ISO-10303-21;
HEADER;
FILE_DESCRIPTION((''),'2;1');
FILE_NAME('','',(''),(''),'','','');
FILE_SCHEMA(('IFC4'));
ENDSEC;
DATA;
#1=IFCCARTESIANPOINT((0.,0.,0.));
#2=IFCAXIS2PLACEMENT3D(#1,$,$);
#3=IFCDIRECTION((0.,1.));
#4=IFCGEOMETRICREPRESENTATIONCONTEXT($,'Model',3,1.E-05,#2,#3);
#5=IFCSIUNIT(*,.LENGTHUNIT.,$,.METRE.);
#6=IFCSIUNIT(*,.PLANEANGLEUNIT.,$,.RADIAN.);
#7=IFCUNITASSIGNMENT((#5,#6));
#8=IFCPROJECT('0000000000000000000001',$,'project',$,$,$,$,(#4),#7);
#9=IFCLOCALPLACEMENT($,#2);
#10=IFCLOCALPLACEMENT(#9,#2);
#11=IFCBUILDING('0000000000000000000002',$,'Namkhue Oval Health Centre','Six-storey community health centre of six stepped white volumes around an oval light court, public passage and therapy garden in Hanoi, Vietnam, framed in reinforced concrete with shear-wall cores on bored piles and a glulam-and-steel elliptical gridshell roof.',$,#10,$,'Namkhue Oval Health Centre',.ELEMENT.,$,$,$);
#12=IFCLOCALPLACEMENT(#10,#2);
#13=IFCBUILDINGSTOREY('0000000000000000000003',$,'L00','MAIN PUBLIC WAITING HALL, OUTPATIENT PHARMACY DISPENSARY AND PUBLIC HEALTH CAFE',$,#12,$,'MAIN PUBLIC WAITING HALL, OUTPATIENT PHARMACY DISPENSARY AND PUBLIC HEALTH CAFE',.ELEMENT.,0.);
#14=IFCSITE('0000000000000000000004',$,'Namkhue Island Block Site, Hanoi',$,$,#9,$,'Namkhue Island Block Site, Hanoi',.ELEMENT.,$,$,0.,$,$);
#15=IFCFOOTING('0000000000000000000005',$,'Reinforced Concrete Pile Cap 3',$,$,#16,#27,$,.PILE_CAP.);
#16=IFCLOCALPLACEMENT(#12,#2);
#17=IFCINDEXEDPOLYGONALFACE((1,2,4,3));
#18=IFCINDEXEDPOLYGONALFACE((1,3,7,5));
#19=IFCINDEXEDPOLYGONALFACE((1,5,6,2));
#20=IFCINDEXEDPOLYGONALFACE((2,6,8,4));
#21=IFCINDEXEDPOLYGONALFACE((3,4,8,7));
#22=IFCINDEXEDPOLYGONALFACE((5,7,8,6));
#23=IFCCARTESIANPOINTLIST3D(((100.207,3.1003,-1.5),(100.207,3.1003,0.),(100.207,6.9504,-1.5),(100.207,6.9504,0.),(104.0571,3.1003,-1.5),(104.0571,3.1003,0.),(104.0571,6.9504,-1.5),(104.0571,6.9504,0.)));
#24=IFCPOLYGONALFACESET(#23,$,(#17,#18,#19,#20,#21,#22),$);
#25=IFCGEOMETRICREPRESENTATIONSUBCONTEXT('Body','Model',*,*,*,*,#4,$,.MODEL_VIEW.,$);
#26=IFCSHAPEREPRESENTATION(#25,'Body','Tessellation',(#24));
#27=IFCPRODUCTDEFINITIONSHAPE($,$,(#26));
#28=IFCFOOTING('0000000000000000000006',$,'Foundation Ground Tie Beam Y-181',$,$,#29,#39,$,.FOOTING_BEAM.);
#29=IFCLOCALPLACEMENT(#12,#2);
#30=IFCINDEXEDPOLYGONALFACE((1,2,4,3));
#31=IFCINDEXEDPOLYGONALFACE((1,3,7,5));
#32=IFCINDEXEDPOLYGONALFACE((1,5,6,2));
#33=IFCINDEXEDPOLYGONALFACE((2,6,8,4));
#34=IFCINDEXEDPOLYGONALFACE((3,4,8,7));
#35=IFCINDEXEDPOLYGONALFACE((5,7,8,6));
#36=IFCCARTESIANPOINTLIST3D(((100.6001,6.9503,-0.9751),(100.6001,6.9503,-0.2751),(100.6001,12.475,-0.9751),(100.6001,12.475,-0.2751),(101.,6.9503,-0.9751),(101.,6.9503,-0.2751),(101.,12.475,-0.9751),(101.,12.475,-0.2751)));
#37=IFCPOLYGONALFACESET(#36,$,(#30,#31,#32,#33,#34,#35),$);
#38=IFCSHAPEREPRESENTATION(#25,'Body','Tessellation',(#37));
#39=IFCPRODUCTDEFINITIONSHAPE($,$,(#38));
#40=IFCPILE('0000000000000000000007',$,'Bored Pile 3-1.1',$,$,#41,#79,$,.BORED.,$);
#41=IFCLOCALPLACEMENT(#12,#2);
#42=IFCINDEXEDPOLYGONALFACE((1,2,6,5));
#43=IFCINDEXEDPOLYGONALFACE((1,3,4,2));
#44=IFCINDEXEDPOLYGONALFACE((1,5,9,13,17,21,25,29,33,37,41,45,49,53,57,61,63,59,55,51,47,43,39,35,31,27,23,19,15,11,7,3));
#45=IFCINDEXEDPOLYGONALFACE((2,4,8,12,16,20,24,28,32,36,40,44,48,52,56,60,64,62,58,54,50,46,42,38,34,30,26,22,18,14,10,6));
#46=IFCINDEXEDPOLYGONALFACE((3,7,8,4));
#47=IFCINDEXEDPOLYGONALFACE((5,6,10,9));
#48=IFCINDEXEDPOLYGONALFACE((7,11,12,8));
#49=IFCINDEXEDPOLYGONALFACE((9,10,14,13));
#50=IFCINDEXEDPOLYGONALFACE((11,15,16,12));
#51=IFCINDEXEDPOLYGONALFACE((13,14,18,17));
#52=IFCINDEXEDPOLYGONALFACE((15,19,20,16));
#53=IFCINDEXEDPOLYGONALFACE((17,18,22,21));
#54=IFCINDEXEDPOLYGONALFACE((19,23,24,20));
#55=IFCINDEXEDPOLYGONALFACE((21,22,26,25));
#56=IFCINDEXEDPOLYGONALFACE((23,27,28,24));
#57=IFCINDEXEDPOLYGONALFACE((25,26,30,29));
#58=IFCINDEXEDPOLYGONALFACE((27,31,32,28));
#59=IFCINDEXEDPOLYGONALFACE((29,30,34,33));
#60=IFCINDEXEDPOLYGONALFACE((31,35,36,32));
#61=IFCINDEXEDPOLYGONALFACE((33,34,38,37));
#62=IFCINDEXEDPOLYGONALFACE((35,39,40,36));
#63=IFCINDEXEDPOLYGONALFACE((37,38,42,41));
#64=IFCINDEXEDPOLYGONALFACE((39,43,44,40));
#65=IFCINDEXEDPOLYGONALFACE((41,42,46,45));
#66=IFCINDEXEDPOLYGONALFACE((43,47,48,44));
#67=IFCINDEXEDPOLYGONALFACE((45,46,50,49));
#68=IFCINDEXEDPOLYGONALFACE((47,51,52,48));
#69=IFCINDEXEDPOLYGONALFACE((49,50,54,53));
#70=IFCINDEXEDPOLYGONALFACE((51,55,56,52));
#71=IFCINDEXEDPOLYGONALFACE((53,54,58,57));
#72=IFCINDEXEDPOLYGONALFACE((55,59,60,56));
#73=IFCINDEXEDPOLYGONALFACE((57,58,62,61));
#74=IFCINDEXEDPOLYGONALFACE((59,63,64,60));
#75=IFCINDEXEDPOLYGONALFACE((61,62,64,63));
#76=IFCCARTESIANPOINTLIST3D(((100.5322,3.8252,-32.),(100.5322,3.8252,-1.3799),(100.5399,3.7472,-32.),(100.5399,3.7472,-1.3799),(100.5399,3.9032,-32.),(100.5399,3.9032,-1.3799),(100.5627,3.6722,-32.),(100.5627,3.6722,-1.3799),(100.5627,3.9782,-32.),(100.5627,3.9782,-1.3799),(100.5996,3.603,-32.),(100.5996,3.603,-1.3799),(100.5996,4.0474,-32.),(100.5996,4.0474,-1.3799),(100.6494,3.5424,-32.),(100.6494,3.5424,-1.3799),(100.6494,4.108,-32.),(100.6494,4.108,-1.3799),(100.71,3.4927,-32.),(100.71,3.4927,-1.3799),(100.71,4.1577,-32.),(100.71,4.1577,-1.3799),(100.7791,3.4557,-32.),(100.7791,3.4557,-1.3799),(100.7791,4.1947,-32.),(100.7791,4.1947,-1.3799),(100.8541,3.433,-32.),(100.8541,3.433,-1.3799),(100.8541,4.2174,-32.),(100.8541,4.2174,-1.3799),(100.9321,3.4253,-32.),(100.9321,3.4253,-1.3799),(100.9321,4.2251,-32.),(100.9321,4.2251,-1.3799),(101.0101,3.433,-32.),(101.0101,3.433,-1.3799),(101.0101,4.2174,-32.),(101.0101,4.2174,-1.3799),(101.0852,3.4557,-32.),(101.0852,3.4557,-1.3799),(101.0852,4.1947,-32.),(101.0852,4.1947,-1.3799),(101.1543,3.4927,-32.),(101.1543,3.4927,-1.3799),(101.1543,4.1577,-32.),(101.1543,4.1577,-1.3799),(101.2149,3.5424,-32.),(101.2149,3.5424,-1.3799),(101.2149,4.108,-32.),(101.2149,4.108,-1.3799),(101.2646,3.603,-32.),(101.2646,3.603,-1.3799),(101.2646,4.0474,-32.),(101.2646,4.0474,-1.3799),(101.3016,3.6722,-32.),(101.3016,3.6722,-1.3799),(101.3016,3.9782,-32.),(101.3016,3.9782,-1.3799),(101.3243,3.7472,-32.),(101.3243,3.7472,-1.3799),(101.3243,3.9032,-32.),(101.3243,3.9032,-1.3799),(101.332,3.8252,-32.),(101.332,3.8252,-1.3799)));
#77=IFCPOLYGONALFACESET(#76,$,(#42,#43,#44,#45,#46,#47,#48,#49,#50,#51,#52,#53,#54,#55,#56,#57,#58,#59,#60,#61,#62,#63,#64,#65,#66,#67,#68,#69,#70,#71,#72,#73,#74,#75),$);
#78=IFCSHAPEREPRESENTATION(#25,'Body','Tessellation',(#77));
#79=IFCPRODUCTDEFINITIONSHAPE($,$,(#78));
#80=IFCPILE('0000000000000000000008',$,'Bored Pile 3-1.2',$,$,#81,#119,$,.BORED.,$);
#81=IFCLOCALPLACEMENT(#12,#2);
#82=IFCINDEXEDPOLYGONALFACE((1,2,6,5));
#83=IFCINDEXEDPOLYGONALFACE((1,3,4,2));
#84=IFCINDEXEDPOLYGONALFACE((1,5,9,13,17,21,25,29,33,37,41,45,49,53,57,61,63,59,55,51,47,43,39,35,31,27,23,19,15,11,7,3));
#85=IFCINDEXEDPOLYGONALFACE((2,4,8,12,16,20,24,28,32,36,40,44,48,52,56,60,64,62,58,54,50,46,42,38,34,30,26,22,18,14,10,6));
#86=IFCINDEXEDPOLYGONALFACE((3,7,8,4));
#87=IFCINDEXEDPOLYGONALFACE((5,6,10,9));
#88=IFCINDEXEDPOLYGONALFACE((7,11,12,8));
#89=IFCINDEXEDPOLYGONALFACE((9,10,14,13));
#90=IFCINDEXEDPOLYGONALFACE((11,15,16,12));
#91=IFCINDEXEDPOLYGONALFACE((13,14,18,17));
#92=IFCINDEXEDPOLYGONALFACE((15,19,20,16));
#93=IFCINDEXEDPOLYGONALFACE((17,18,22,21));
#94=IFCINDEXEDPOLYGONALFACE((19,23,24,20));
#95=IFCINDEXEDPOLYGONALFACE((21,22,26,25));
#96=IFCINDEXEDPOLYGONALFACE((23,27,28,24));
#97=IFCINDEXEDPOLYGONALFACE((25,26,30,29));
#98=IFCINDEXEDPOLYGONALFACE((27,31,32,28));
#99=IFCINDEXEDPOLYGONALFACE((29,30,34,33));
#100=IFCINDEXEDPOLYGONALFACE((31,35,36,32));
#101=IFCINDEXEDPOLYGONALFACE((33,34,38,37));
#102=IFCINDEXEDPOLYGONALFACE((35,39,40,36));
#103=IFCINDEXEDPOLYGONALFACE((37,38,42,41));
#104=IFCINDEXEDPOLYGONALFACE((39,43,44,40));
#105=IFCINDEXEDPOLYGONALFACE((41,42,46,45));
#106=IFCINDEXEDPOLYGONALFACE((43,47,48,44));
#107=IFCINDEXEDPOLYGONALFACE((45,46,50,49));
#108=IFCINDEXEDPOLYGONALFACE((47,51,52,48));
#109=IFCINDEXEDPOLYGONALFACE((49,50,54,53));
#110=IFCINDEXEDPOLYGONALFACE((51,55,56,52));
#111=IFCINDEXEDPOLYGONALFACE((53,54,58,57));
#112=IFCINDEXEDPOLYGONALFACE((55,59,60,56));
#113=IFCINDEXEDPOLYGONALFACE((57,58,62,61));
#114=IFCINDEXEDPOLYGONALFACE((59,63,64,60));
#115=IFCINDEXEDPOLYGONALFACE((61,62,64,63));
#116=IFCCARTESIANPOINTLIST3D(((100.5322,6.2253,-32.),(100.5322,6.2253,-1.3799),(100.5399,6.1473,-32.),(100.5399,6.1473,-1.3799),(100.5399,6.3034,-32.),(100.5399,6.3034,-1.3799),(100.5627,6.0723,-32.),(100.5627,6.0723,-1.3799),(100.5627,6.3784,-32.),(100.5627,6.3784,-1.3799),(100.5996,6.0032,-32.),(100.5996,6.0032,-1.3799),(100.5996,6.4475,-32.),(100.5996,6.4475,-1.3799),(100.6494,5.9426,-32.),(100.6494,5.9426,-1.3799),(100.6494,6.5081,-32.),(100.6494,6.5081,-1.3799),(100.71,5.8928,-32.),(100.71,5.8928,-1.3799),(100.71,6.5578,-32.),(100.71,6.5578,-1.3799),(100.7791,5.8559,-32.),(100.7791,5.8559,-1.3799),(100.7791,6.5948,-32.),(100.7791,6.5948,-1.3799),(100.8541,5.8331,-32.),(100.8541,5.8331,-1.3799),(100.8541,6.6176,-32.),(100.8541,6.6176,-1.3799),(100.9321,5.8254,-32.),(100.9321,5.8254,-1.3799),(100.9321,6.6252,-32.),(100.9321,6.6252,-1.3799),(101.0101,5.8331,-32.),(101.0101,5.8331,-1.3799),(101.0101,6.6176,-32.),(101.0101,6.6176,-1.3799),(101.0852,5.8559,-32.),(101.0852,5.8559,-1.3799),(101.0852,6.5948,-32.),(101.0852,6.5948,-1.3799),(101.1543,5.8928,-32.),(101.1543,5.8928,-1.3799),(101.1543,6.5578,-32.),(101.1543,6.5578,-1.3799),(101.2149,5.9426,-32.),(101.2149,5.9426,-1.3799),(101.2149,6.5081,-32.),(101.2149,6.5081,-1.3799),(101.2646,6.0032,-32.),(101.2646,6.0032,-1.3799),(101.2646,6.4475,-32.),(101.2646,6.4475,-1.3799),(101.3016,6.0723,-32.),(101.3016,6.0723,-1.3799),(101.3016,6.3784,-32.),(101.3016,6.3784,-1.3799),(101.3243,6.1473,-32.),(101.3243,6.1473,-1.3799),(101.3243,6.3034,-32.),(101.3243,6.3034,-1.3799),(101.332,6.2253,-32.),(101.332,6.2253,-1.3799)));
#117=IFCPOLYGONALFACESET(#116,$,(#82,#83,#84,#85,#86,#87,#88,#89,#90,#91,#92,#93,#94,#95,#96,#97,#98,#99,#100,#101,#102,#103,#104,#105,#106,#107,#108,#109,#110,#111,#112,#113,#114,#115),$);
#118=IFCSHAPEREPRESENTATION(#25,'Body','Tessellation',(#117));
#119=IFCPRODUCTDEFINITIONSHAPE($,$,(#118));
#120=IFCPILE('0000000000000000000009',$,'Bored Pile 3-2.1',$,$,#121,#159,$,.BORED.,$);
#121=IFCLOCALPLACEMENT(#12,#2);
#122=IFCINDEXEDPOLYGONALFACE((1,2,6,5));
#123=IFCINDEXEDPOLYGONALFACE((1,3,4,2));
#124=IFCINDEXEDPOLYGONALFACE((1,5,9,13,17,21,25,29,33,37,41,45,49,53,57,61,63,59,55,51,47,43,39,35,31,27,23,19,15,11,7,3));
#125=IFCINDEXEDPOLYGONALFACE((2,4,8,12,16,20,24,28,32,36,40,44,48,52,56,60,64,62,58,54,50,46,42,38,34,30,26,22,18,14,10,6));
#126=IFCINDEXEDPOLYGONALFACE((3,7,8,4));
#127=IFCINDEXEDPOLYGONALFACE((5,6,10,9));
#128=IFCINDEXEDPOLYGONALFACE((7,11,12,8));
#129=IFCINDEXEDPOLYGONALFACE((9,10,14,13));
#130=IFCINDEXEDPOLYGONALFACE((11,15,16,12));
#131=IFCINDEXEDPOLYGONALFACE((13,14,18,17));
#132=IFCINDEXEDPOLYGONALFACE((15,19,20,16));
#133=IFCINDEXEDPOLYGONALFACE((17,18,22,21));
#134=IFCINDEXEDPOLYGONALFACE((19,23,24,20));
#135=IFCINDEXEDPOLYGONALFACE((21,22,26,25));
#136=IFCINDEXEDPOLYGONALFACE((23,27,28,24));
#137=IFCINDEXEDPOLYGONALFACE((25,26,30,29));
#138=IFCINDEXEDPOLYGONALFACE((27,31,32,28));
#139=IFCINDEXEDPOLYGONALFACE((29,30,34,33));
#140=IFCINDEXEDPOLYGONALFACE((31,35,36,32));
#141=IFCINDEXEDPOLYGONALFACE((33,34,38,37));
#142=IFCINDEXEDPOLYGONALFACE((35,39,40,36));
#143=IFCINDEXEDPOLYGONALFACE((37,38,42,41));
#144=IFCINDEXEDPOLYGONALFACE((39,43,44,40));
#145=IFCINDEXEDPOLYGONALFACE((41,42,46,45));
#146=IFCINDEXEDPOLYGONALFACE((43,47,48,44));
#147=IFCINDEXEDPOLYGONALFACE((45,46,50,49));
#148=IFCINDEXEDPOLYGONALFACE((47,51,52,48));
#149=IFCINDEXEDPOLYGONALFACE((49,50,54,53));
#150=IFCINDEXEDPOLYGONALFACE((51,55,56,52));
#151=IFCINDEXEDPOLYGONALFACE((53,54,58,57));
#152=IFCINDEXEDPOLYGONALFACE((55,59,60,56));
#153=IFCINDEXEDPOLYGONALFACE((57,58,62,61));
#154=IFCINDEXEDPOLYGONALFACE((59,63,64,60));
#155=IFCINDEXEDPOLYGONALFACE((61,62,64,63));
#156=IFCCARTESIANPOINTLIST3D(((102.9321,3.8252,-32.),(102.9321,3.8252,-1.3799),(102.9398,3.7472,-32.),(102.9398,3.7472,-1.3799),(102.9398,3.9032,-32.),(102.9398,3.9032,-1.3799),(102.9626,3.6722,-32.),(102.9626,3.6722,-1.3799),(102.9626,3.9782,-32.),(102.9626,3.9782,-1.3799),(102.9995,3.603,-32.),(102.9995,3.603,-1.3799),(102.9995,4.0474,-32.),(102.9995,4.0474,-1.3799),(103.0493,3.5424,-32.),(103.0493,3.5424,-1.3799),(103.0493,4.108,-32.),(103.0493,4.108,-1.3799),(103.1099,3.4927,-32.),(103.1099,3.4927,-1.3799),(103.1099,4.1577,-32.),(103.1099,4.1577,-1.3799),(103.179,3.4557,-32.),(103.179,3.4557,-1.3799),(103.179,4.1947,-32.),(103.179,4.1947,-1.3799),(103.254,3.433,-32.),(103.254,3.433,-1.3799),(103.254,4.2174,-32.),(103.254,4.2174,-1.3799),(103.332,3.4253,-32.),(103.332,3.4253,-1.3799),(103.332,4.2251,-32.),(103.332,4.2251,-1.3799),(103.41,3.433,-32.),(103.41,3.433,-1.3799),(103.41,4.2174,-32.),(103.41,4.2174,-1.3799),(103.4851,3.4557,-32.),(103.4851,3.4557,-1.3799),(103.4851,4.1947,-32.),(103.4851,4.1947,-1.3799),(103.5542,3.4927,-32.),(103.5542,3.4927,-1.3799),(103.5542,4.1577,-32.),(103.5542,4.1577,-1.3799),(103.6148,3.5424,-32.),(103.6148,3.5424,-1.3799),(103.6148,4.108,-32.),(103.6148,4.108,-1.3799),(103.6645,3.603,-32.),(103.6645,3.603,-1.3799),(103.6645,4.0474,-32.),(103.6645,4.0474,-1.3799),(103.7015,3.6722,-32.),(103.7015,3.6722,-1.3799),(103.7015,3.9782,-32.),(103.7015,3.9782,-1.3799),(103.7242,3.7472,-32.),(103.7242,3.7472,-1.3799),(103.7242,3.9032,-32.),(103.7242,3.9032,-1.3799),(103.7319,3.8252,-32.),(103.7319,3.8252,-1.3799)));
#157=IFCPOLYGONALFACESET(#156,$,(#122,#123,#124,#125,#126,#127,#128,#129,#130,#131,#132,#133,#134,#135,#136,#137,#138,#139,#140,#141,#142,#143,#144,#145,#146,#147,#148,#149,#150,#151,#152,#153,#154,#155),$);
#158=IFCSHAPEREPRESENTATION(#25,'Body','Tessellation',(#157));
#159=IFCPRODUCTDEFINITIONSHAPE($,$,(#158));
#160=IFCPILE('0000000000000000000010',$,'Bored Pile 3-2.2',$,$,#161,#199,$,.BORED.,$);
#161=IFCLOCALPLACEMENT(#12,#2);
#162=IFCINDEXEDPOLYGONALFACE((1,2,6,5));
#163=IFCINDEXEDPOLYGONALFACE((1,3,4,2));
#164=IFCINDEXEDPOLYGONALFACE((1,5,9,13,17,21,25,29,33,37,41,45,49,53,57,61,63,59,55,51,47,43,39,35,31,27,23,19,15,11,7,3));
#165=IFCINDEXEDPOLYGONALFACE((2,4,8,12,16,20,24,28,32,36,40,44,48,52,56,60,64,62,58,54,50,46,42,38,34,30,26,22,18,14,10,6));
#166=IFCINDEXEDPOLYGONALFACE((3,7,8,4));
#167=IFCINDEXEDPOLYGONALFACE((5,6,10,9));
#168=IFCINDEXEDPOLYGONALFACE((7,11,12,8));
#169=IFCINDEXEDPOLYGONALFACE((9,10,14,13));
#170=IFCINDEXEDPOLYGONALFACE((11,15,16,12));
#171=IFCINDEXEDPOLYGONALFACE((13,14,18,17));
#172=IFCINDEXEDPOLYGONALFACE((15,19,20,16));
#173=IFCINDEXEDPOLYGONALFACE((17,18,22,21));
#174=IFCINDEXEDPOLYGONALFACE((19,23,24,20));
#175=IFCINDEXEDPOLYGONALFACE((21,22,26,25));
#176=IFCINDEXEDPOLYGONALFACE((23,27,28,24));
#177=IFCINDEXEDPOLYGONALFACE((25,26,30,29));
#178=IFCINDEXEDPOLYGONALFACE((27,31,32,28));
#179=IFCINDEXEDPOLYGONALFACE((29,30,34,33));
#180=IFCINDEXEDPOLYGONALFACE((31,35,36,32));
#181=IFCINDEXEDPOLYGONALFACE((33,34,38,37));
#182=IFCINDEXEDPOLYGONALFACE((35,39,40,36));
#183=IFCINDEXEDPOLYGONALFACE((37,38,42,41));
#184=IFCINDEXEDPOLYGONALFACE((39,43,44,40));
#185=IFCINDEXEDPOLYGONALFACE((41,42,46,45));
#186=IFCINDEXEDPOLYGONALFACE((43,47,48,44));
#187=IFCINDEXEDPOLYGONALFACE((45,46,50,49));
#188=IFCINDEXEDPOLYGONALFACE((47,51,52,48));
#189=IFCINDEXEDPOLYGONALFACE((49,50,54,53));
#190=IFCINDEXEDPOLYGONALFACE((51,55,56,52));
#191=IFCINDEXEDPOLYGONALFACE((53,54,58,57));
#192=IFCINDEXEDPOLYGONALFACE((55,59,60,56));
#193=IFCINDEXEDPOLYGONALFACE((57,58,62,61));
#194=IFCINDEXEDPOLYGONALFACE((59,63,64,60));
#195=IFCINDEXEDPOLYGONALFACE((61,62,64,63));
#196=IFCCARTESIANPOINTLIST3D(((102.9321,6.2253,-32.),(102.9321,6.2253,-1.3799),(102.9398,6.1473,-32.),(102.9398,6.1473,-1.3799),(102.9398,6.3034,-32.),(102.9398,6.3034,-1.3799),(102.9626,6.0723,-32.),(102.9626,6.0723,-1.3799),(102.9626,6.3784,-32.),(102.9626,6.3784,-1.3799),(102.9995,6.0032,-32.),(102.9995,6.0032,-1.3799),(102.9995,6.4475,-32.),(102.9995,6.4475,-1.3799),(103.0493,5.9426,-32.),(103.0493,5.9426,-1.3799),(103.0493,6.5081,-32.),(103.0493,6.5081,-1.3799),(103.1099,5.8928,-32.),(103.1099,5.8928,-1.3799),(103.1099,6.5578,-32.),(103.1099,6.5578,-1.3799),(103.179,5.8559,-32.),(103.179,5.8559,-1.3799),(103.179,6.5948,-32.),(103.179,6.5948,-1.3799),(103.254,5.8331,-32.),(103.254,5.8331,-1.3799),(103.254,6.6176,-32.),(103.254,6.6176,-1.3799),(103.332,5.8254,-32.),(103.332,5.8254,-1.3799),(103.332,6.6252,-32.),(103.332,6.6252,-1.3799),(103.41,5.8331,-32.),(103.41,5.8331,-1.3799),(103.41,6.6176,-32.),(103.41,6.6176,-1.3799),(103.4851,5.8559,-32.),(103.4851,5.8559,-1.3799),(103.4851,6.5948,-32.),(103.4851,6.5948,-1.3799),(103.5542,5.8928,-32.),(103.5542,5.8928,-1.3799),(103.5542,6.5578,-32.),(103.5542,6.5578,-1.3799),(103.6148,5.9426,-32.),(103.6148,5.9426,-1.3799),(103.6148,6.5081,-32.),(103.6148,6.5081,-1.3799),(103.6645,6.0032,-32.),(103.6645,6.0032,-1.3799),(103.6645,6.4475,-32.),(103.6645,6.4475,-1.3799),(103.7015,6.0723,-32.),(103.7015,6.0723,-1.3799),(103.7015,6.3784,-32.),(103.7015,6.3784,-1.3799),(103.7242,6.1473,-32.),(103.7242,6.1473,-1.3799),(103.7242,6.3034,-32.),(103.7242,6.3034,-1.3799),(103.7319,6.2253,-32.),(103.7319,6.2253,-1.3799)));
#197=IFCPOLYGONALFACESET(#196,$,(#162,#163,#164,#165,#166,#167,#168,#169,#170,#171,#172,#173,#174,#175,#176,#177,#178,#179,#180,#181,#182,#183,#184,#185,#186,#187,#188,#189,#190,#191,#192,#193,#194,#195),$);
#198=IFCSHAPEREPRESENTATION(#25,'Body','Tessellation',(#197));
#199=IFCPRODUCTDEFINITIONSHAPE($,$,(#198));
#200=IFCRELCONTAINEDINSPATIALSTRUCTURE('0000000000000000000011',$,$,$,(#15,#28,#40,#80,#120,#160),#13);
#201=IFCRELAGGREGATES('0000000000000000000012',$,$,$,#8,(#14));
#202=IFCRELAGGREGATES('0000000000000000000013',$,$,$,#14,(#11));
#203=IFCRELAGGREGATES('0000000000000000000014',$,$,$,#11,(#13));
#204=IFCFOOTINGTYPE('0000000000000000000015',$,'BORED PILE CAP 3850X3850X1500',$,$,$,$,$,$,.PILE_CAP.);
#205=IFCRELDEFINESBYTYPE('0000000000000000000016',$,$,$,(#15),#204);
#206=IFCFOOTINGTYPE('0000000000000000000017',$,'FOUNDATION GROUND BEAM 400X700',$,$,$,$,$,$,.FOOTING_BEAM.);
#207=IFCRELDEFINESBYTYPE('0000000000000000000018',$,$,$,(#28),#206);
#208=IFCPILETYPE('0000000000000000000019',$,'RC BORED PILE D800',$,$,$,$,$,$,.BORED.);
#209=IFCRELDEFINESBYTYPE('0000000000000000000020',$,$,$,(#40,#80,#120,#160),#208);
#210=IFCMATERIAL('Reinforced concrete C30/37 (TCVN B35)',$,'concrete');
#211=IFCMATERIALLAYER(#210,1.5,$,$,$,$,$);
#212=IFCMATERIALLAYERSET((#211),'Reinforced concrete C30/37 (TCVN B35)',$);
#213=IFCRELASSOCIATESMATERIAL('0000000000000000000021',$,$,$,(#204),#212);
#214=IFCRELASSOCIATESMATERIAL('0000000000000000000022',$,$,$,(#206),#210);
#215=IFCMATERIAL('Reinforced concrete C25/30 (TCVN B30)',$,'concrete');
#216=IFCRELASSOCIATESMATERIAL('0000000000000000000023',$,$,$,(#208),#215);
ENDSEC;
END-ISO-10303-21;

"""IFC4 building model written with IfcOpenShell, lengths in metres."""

from ifc_helpers import new_model, si_unit, direction, frame, origin, origin_2d, place, context, subcontext, project, spatial, rectangle, circle, extrude, material, layer, layer_set, material_profile, profile_set, type_object, element, save


model = new_model("IFC4")

# Units and contexts
model_context = context("Model", 3, precision=1e-05, world=origin(), true_north=direction((0.0, 1.0)))
body_context = subcontext(model_context, "Body", "Model", "MODEL_VIEW")
ifc_project = project(units=[si_unit("LENGTHUNIT", "METRE"), si_unit("PLANEANGLEUNIT", "RADIAN")], contexts=[model_context])

# Site, building, storey
site_placement = place(None, origin())
site = spatial("IfcSite", under=ifc_project, at=site_placement, Name="Namkhue Island Block Site, Hanoi", LongName="Namkhue Island Block Site, Hanoi", CompositionType="ELEMENT", RefElevation=0.0)
building_placement = place(site_placement, origin())
building = spatial("IfcBuilding", under=site, at=building_placement, Name="Namkhue Oval Health Centre", Description="Six-storey community health centre of six stepped white volumes around an oval light court, public passage and therapy garden in Hanoi, Vietnam, framed in reinforced concrete with shear-wall cores on bored piles and a glulam-and-steel elliptical gridshell roof.", LongName="Namkhue Oval Health Centre", CompositionType="ELEMENT")
storey_placement = place(building_placement, origin())
storey = spatial("IfcBuildingStorey", under=building, at=storey_placement, Name="L00", Description="MAIN PUBLIC WAITING HALL, OUTPATIENT PHARMACY DISPENSARY AND PUBLIC HEALTH CAFE", LongName="MAIN PUBLIC WAITING HALL, OUTPATIENT PHARMACY DISPENSARY AND PUBLIC HEALTH CAFE", CompositionType="ELEMENT", Elevation=0.0)

# Footings
ifc_material_1 = material(Name="Reinforced concrete C30/37 (TCVN B35)", Category="concrete")
ifc_layer_1 = layer(ifc_material_1, 1.5)
ifc_layer_set_1 = layer_set([ifc_layer_1], Name="Reinforced concrete C30/37 (TCVN B35)")
footing_type_1 = type_object("IfcFootingType", Name="BORED PILE CAP 3850X3850X1500", PredefinedType="PILE_CAP", material=ifc_layer_set_1)
footing_1_placement = place(storey_placement, frame((102.1321, 5.0254, -1.5), z_axis=(0.0, 0.0, 1.0), x_axis=(1.0, 0.0, 0.0)))
element("IfcFooting", 1, at=footing_1_placement, inside=storey, type_object=footing_type_1, Name="Reinforced Concrete Pile Cap 3", PredefinedType="PILE_CAP", context=body_context, shape_type="SweptSolid", body=[
    extrude(rectangle(XDim=3.8501, YDim=3.8501, at=origin_2d()), origin(), (0.0, 0.0, 1.0), 1.5),
])
footing_type_2 = type_object("IfcFootingType", Name="FOUNDATION GROUND BEAM 400X700", PredefinedType="FOOTING_BEAM", material=ifc_material_1)
footing_2_placement = place(storey_placement, frame((100.8, 9.7126, -0.9751), z_axis=(0.0, 0.0, 1.0), x_axis=(0.0, 1.0, 0.0)))
element("IfcFooting", 2, at=footing_2_placement, inside=storey, type_object=footing_type_2, Name="Foundation Ground Tie Beam Y-181", PredefinedType="FOOTING_BEAM", context=body_context, shape_type="SweptSolid", body=[
    extrude(rectangle(XDim=5.5247, YDim=0.3999, at=origin_2d()), origin(), (0.0, 0.0, 1.0), 0.7),
])

# Piles
ifc_material_2 = material(Name="Reinforced concrete C25/30 (TCVN B30)", Category="concrete")
ifc_material_profile_1 = material_profile(ifc_material_2, circle(Radius=0.3999, at=origin_2d()), Name="BORED PILE D800")
ifc_profile_set_1 = profile_set([ifc_material_profile_1], Name="Reinforced concrete C25/30 (TCVN B30)")
pile_type = type_object("IfcPileType", Name="RC BORED PILE D800", PredefinedType="BORED", material=ifc_profile_set_1)
for number, where, z_axis, x_axis, name in (
    (3, (100.9321, 3.8252, -1.3799), (0.0, 0.0, -1.0), (1.0, 0.0, 0.0), "Bored Pile 3-1.1"),
    (4, (100.9321, 6.2253, -1.3799), (0.0, 0.0, -1.0), (1.0, 0.0, 0.0), "Bored Pile 3-1.2"),
    (5, (103.332, 3.8252, -1.3799), (0.0, 0.0, -1.0), (1.0, 0.0, 0.0), "Bored Pile 3-2.1"),
    (6, (103.332, 6.2253, -1.3799), (0.0, 0.0, -1.0), (1.0, 0.0, 0.0), "Bored Pile 3-2.2"),
):
    element("IfcPile", number, at=place(storey_placement, frame(where, z_axis=z_axis, x_axis=x_axis)), inside=storey, type_object=pile_type, Name=name, PredefinedType="BORED", context=body_context, shape_type="SweptSolid", body=[
        extrude(circle(Radius=0.3999, at=origin_2d()), origin(), (0.0, 0.0, 1.0), 30.6201),
    ])

save(model, "model.ifc")
